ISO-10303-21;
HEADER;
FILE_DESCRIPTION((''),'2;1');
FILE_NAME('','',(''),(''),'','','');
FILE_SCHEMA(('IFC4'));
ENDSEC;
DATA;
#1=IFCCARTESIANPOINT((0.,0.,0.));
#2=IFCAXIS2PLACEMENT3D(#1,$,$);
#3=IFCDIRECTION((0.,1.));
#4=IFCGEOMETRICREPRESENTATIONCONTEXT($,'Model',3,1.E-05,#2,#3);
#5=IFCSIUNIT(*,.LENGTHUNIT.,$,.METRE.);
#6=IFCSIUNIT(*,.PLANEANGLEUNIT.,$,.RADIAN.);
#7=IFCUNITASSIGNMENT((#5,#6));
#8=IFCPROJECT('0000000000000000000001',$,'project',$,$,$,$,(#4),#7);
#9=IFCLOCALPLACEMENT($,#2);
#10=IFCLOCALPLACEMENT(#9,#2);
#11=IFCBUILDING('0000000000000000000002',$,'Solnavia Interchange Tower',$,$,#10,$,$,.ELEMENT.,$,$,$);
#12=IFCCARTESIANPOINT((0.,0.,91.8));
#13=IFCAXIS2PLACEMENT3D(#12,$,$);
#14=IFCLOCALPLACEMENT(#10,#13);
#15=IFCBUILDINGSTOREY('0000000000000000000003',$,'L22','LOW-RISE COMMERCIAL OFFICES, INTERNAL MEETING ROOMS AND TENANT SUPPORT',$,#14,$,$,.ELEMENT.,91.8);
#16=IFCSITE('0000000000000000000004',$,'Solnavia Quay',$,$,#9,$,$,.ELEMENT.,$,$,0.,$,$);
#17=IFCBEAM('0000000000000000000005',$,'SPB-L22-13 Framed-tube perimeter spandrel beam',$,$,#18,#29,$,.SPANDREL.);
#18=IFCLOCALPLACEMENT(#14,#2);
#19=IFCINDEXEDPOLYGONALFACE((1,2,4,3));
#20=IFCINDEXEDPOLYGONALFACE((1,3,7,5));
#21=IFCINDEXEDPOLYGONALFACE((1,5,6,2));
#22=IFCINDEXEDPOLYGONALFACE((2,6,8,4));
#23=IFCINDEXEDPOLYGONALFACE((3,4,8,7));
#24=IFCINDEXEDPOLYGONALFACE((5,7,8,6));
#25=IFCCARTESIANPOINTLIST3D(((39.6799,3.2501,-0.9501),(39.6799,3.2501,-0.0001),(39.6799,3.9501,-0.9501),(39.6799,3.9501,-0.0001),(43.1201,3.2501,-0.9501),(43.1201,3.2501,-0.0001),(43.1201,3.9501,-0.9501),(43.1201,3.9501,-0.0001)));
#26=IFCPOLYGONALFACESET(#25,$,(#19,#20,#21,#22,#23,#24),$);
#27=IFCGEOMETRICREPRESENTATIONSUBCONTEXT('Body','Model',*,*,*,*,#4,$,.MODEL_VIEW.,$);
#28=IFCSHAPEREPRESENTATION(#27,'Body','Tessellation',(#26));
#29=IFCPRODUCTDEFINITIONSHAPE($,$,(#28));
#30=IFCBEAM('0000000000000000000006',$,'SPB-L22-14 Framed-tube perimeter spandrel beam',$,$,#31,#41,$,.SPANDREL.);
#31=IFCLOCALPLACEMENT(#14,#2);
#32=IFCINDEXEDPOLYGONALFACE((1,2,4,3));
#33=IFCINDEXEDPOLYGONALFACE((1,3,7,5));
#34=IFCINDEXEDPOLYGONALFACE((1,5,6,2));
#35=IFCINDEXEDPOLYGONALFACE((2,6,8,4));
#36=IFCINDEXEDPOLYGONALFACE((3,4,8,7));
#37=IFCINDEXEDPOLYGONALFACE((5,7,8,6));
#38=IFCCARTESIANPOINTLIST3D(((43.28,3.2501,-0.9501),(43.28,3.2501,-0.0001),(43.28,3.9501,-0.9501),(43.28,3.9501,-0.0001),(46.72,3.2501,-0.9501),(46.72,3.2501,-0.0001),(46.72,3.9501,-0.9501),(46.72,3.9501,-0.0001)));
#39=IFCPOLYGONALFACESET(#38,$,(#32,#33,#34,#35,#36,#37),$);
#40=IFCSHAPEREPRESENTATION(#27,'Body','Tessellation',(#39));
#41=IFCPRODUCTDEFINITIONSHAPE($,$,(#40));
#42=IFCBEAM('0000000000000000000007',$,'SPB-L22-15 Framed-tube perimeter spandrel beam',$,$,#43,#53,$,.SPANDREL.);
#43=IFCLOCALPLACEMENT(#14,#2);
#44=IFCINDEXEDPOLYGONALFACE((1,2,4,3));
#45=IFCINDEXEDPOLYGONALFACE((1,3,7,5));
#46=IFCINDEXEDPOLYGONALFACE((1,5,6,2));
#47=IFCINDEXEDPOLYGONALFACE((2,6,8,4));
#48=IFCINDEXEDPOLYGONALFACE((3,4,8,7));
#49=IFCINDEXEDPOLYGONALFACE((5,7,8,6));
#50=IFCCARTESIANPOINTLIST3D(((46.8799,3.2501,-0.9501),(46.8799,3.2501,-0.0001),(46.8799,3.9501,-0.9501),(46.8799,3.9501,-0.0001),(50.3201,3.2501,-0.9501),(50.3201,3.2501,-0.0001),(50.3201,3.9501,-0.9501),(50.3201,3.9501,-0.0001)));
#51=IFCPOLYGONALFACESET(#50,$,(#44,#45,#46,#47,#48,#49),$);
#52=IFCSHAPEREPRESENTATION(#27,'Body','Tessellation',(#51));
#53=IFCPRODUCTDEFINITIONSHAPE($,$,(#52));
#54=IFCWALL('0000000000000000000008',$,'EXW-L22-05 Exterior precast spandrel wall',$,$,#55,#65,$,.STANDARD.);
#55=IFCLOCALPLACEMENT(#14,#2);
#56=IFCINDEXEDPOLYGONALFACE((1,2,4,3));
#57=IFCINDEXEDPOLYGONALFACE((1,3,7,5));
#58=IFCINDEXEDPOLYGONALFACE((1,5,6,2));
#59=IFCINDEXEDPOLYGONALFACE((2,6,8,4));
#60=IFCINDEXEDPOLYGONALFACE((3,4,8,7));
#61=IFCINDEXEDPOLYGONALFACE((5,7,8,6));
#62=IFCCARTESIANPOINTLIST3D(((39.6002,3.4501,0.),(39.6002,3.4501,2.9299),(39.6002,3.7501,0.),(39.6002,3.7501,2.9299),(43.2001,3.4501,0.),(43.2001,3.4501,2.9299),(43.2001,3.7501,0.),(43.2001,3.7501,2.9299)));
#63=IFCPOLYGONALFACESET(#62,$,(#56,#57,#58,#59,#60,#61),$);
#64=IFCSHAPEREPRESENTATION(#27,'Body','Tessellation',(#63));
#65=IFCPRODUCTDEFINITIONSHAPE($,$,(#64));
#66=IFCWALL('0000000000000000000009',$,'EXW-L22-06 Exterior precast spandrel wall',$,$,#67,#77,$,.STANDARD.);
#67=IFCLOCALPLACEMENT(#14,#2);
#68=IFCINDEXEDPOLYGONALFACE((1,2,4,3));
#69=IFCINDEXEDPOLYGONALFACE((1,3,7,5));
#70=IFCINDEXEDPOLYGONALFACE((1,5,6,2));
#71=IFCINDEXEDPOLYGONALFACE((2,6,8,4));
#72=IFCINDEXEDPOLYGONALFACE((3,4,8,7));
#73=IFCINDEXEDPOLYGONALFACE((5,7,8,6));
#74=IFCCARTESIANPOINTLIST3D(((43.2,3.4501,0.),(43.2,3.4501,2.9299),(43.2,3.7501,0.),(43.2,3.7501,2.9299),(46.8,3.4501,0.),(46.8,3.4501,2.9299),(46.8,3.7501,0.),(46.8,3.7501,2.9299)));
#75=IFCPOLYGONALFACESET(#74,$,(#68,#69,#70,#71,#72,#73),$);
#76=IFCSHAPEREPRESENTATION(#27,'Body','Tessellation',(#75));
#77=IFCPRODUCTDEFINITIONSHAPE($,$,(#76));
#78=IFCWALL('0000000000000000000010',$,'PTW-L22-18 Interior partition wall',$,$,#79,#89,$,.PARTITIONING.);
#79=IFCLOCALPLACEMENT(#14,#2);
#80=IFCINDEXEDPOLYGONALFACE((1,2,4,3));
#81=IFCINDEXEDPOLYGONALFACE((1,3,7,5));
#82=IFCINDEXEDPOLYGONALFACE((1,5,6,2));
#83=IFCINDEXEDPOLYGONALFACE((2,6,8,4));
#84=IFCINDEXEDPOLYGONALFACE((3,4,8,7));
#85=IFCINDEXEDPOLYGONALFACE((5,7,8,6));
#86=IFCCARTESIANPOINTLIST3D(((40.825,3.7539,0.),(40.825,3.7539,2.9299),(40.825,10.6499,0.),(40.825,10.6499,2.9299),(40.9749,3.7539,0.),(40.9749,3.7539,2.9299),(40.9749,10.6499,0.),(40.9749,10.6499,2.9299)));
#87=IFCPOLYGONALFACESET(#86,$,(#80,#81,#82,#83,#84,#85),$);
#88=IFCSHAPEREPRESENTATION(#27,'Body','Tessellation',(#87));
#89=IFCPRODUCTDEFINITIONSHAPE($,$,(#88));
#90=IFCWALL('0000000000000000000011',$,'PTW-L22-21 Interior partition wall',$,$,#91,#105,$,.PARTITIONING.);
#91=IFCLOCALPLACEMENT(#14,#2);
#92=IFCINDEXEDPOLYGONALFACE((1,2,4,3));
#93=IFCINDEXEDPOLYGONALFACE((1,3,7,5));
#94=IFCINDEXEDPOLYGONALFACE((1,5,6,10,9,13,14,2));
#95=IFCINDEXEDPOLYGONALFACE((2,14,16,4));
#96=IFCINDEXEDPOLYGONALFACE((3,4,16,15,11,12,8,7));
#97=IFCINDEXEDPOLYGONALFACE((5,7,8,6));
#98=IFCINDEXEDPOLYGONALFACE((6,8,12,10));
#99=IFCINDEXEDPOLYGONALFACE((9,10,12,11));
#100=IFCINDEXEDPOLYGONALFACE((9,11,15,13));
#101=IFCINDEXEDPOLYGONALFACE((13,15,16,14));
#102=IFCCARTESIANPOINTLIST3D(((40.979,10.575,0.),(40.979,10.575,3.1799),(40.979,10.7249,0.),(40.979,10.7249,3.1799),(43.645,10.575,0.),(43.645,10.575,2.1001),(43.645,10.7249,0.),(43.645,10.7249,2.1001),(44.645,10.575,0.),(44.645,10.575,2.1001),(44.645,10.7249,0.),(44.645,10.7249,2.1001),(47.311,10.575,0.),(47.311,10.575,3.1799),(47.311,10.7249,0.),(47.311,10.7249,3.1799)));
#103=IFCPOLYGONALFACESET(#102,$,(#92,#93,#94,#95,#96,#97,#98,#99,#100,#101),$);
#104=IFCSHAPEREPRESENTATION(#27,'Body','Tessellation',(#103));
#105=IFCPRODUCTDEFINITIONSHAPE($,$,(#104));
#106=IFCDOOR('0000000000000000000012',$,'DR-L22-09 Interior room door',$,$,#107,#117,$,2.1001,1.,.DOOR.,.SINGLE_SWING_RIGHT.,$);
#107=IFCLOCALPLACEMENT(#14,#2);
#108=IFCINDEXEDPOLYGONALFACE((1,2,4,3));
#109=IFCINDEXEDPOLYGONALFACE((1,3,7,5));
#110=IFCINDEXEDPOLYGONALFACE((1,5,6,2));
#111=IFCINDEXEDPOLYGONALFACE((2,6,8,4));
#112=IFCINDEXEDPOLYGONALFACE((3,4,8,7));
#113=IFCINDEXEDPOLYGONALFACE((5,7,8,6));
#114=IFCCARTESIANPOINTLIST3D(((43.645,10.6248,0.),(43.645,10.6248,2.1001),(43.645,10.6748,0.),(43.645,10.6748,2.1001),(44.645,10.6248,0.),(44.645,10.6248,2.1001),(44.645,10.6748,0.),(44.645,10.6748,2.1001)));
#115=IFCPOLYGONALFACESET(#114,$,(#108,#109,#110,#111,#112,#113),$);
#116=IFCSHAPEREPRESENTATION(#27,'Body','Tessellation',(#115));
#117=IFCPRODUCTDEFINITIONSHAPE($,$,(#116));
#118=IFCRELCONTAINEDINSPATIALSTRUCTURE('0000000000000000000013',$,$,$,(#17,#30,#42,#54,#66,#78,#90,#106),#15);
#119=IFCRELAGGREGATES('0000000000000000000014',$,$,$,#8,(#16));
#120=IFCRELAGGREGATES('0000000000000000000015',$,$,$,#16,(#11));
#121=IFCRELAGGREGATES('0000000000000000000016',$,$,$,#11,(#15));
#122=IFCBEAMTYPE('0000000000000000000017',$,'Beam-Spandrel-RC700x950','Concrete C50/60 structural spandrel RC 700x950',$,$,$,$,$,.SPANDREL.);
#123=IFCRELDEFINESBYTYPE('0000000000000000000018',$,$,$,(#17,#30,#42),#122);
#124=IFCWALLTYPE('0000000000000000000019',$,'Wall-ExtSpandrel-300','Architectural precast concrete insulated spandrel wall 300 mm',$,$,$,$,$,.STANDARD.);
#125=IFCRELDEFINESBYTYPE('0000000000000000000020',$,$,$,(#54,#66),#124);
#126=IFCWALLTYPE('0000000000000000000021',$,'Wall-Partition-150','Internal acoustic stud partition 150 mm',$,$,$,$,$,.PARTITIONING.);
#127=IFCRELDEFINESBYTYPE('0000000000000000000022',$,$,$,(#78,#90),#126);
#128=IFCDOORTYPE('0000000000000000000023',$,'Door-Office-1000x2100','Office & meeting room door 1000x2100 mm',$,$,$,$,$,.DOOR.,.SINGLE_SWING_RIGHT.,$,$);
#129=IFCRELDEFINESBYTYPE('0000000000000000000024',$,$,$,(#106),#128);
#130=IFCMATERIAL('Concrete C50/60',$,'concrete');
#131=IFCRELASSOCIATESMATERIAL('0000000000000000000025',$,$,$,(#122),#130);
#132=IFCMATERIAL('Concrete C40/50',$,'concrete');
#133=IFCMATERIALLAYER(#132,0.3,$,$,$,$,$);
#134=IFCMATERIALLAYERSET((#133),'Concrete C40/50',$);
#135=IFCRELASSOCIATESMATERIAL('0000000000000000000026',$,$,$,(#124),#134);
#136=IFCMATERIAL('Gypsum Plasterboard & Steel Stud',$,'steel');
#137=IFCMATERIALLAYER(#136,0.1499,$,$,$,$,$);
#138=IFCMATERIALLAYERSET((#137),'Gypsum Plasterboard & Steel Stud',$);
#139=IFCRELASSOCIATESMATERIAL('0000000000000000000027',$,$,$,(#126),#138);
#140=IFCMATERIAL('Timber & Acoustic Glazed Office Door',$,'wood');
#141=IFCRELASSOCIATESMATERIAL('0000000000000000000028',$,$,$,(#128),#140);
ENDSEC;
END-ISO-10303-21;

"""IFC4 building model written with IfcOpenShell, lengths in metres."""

from ifc_helpers import new_model, si_unit, direction, frame, frame_2d, origin, origin_2d, place, context, subcontext, project, spatial, rectangle, extrude, material, layer, layer_set, material_profile, profile_set, type_object, element, fill, save


model = new_model("IFC4")

# Units and contexts
model_context = context("Model", 3, precision=1e-05, world=origin(), true_north=direction((0.0, 1.0)))
body_context = subcontext(model_context, "Body", "Model", "MODEL_VIEW")
ifc_project = project(units=[si_unit("LENGTHUNIT", "METRE"), si_unit("PLANEANGLEUNIT", "RADIAN")], contexts=[model_context])

# Site, building, storey
site_placement = place(None, origin())
site = spatial("IfcSite", under=ifc_project, at=site_placement, Name="Solnavia Quay", CompositionType="ELEMENT", RefElevation=0.0)
building_placement = place(site_placement, origin())
building = spatial("IfcBuilding", under=site, at=building_placement, Name="Solnavia Interchange Tower", CompositionType="ELEMENT")
storey_placement = place(building_placement, frame((0.0, 0.0, 91.8)))
storey = spatial("IfcBuildingStorey", under=building, at=storey_placement, Name="L22", Description="LOW-RISE COMMERCIAL OFFICES, INTERNAL MEETING ROOMS AND TENANT SUPPORT", CompositionType="ELEMENT", Elevation=91.8)

# Shared definitions
ifc_material_1 = material(Name="Concrete C50/60", Category="concrete")

# Beams
ifc_material_profile_1 = material_profile(ifc_material_1, rectangle(XDim=0.7, YDim=0.95, at=origin_2d()), Name="RC 700x950")
ifc_profile_set_1 = profile_set([ifc_material_profile_1], Name="Concrete C50/60")
beam_type_1 = type_object("IfcBeamType", Name="Beam-Spandrel-RC700x950", Description="Concrete C50/60 structural spandrel RC 700x950", PredefinedType="SPANDREL", material=ifc_profile_set_1)
beam_1_placement = place(storey_placement, frame((39.6799, 3.6001, -0.4751), z_axis=(1.0, 0.0, 0.0), x_axis=(0.0, 1.0, 0.0)))
element("IfcBeam", 1, at=beam_1_placement, inside=storey, type_object=beam_type_1, Name="SPB-L22-13 Framed-tube perimeter spandrel beam", PredefinedType="SPANDREL", context=body_context, shape_type="SweptSolid", body=[
    extrude(rectangle(XDim=0.7, YDim=0.95, at=origin_2d()), origin(), (0.0, 0.0, 1.0), 3.4402),
])
beam_2_placement = place(storey_placement, frame((43.28, 3.6001, -0.4751), z_axis=(1.0, 0.0, 0.0), x_axis=(0.0, 1.0, 0.0)))
element("IfcBeam", 2, at=beam_2_placement, inside=storey, type_object=beam_type_1, Name="SPB-L22-14 Framed-tube perimeter spandrel beam", PredefinedType="SPANDREL", context=body_context, shape_type="SweptSolid", body=[
    extrude(rectangle(XDim=0.7, YDim=0.95, at=origin_2d()), origin(), (0.0, 0.0, 1.0), 3.4399),
])
beam_3_placement = place(storey_placement, frame((46.8799, 3.6001, -0.4751), z_axis=(1.0, 0.0, 0.0), x_axis=(0.0, 1.0, 0.0)))
element("IfcBeam", 3, at=beam_3_placement, inside=storey, type_object=beam_type_1, Name="SPB-L22-15 Framed-tube perimeter spandrel beam", PredefinedType="SPANDREL", context=body_context, shape_type="SweptSolid", body=[
    extrude(rectangle(XDim=0.7, YDim=0.95, at=origin_2d()), origin(), (0.0, 0.0, 1.0), 3.4402),
])

# Walls
ifc_material_2 = material(Name="Concrete C40/50", Category="concrete")
ifc_layer_1 = layer(ifc_material_2, 0.3)
ifc_layer_set_1 = layer_set([ifc_layer_1], Name="Concrete C40/50")
wall_type_1 = type_object("IfcWallType", Name="Wall-ExtSpandrel-300", Description="Architectural precast concrete insulated spandrel wall 300 mm", PredefinedType="STANDARD", material=ifc_layer_set_1)
wall_1_placement = place(storey_placement, frame((43.2, 3.6001, 0.0), z_axis=(0.0, 0.0, 1.0), x_axis=(-1.0, 0.0, 0.0)))
element("IfcWall", 4, at=wall_1_placement, inside=storey, type_object=wall_type_1, Name="EXW-L22-05 Exterior precast spandrel wall", PredefinedType="STANDARD", context=body_context, shape_type="SweptSolid", body=[
    extrude(rectangle(XDim=3.5999, YDim=0.3, at=frame_2d((1.7998, 0.0))), origin(), (0.0, 0.0, 1.0), 2.9299),
])
wall_2_placement = place(storey_placement, frame((46.8, 3.6001, 0.0), z_axis=(0.0, 0.0, 1.0), x_axis=(-1.0, 0.0, 0.0)))
element("IfcWall", 5, at=wall_2_placement, inside=storey, type_object=wall_type_1, Name="EXW-L22-06 Exterior precast spandrel wall", PredefinedType="STANDARD", context=body_context, shape_type="SweptSolid", body=[
    extrude(rectangle(XDim=3.6001, YDim=0.3, at=frame_2d((1.8, 0.0))), origin(), (0.0, 0.0, 1.0), 2.9299),
])
ifc_material_3 = material(Name="Gypsum Plasterboard & Steel Stud", Category="steel")
ifc_layer_2 = layer(ifc_material_3, 0.1499)
ifc_layer_set_2 = layer_set([ifc_layer_2], Name="Gypsum Plasterboard & Steel Stud")
wall_type_2 = type_object("IfcWallType", Name="Wall-Partition-150", Description="Internal acoustic stud partition 150 mm", PredefinedType="PARTITIONING", material=ifc_layer_set_2)
wall_3_placement = place(storey_placement, frame((40.8999, 3.7539, 0.0), z_axis=(0.0, 0.0, 1.0), x_axis=(0.0, 1.0, 0.0)))
element("IfcWall", 6, at=wall_3_placement, inside=storey, type_object=wall_type_2, Name="PTW-L22-18 Interior partition wall", PredefinedType="PARTITIONING", context=body_context, shape_type="SweptSolid", body=[
    extrude(rectangle(XDim=6.896, YDim=0.1499, at=frame_2d((3.448, 0.0))), origin(), (0.0, 0.0, 1.0), 2.9299),
])

# Wall, opening, door
wall_4_placement = place(storey_placement, frame((40.979, 10.6499, 0.0), z_axis=(0.0, 0.0, 1.0), x_axis=(1.0, 0.0, 0.0)))
wall_4 = element("IfcWall", 7, at=wall_4_placement, inside=storey, type_object=wall_type_2, Name="PTW-L22-21 Interior partition wall", PredefinedType="PARTITIONING", context=body_context, shape_type="SweptSolid", body=[
    extrude(rectangle(XDim=6.332, YDim=0.1499, at=frame_2d((3.166, 0.0))), origin(), (0.0, 0.0, 1.0), 3.1799),
])
opening_placement = place(wall_4_placement, frame((2.666, 0.0, 0.0)))
opening = element("IfcOpeningElement", 8, at=opening_placement, cuts=wall_4, PredefinedType="OPENING", context=body_context, shape_type="SweptSolid", body=[
    extrude(rectangle(XDim=1.0, YDim=2.1001, at=frame_2d((0.5, 1.05))), frame((0.0, 0.085, 0.0), z_axis=(0.0, -1.0, 0.0), x_axis=(1.0, 0.0, 0.0)), (0.0, 0.0, 1.0), 0.1699),
])
ifc_material_4 = material(Name="Timber & Acoustic Glazed Office Door", Category="wood")
door_type = type_object("IfcDoorType", Name="Door-Office-1000x2100", Description="Office & meeting room door 1000x2100 mm", OperationType="SINGLE_SWING_RIGHT", PredefinedType="DOOR", material=ifc_material_4)
door_placement = place(opening_placement, origin())
door = element("IfcDoor", 9, at=door_placement, inside=storey, type_object=door_type, Name="DR-L22-09 Interior room door", OperationType="SINGLE_SWING_RIGHT", OverallHeight=2.1001, OverallWidth=1.0, PredefinedType="DOOR", context=body_context, shape_type="SweptSolid", body=[
    extrude(rectangle(XDim=1.0, YDim=2.1001, at=frame_2d((0.5, 1.05))), frame((0.0, 0.0249, 0.0), z_axis=(0.0, -1.0, 0.0), x_axis=(1.0, 0.0, 0.0)), (0.0, 0.0, 1.0), 0.05),
])
fill(opening, door)

save(model, "model.ifc")
